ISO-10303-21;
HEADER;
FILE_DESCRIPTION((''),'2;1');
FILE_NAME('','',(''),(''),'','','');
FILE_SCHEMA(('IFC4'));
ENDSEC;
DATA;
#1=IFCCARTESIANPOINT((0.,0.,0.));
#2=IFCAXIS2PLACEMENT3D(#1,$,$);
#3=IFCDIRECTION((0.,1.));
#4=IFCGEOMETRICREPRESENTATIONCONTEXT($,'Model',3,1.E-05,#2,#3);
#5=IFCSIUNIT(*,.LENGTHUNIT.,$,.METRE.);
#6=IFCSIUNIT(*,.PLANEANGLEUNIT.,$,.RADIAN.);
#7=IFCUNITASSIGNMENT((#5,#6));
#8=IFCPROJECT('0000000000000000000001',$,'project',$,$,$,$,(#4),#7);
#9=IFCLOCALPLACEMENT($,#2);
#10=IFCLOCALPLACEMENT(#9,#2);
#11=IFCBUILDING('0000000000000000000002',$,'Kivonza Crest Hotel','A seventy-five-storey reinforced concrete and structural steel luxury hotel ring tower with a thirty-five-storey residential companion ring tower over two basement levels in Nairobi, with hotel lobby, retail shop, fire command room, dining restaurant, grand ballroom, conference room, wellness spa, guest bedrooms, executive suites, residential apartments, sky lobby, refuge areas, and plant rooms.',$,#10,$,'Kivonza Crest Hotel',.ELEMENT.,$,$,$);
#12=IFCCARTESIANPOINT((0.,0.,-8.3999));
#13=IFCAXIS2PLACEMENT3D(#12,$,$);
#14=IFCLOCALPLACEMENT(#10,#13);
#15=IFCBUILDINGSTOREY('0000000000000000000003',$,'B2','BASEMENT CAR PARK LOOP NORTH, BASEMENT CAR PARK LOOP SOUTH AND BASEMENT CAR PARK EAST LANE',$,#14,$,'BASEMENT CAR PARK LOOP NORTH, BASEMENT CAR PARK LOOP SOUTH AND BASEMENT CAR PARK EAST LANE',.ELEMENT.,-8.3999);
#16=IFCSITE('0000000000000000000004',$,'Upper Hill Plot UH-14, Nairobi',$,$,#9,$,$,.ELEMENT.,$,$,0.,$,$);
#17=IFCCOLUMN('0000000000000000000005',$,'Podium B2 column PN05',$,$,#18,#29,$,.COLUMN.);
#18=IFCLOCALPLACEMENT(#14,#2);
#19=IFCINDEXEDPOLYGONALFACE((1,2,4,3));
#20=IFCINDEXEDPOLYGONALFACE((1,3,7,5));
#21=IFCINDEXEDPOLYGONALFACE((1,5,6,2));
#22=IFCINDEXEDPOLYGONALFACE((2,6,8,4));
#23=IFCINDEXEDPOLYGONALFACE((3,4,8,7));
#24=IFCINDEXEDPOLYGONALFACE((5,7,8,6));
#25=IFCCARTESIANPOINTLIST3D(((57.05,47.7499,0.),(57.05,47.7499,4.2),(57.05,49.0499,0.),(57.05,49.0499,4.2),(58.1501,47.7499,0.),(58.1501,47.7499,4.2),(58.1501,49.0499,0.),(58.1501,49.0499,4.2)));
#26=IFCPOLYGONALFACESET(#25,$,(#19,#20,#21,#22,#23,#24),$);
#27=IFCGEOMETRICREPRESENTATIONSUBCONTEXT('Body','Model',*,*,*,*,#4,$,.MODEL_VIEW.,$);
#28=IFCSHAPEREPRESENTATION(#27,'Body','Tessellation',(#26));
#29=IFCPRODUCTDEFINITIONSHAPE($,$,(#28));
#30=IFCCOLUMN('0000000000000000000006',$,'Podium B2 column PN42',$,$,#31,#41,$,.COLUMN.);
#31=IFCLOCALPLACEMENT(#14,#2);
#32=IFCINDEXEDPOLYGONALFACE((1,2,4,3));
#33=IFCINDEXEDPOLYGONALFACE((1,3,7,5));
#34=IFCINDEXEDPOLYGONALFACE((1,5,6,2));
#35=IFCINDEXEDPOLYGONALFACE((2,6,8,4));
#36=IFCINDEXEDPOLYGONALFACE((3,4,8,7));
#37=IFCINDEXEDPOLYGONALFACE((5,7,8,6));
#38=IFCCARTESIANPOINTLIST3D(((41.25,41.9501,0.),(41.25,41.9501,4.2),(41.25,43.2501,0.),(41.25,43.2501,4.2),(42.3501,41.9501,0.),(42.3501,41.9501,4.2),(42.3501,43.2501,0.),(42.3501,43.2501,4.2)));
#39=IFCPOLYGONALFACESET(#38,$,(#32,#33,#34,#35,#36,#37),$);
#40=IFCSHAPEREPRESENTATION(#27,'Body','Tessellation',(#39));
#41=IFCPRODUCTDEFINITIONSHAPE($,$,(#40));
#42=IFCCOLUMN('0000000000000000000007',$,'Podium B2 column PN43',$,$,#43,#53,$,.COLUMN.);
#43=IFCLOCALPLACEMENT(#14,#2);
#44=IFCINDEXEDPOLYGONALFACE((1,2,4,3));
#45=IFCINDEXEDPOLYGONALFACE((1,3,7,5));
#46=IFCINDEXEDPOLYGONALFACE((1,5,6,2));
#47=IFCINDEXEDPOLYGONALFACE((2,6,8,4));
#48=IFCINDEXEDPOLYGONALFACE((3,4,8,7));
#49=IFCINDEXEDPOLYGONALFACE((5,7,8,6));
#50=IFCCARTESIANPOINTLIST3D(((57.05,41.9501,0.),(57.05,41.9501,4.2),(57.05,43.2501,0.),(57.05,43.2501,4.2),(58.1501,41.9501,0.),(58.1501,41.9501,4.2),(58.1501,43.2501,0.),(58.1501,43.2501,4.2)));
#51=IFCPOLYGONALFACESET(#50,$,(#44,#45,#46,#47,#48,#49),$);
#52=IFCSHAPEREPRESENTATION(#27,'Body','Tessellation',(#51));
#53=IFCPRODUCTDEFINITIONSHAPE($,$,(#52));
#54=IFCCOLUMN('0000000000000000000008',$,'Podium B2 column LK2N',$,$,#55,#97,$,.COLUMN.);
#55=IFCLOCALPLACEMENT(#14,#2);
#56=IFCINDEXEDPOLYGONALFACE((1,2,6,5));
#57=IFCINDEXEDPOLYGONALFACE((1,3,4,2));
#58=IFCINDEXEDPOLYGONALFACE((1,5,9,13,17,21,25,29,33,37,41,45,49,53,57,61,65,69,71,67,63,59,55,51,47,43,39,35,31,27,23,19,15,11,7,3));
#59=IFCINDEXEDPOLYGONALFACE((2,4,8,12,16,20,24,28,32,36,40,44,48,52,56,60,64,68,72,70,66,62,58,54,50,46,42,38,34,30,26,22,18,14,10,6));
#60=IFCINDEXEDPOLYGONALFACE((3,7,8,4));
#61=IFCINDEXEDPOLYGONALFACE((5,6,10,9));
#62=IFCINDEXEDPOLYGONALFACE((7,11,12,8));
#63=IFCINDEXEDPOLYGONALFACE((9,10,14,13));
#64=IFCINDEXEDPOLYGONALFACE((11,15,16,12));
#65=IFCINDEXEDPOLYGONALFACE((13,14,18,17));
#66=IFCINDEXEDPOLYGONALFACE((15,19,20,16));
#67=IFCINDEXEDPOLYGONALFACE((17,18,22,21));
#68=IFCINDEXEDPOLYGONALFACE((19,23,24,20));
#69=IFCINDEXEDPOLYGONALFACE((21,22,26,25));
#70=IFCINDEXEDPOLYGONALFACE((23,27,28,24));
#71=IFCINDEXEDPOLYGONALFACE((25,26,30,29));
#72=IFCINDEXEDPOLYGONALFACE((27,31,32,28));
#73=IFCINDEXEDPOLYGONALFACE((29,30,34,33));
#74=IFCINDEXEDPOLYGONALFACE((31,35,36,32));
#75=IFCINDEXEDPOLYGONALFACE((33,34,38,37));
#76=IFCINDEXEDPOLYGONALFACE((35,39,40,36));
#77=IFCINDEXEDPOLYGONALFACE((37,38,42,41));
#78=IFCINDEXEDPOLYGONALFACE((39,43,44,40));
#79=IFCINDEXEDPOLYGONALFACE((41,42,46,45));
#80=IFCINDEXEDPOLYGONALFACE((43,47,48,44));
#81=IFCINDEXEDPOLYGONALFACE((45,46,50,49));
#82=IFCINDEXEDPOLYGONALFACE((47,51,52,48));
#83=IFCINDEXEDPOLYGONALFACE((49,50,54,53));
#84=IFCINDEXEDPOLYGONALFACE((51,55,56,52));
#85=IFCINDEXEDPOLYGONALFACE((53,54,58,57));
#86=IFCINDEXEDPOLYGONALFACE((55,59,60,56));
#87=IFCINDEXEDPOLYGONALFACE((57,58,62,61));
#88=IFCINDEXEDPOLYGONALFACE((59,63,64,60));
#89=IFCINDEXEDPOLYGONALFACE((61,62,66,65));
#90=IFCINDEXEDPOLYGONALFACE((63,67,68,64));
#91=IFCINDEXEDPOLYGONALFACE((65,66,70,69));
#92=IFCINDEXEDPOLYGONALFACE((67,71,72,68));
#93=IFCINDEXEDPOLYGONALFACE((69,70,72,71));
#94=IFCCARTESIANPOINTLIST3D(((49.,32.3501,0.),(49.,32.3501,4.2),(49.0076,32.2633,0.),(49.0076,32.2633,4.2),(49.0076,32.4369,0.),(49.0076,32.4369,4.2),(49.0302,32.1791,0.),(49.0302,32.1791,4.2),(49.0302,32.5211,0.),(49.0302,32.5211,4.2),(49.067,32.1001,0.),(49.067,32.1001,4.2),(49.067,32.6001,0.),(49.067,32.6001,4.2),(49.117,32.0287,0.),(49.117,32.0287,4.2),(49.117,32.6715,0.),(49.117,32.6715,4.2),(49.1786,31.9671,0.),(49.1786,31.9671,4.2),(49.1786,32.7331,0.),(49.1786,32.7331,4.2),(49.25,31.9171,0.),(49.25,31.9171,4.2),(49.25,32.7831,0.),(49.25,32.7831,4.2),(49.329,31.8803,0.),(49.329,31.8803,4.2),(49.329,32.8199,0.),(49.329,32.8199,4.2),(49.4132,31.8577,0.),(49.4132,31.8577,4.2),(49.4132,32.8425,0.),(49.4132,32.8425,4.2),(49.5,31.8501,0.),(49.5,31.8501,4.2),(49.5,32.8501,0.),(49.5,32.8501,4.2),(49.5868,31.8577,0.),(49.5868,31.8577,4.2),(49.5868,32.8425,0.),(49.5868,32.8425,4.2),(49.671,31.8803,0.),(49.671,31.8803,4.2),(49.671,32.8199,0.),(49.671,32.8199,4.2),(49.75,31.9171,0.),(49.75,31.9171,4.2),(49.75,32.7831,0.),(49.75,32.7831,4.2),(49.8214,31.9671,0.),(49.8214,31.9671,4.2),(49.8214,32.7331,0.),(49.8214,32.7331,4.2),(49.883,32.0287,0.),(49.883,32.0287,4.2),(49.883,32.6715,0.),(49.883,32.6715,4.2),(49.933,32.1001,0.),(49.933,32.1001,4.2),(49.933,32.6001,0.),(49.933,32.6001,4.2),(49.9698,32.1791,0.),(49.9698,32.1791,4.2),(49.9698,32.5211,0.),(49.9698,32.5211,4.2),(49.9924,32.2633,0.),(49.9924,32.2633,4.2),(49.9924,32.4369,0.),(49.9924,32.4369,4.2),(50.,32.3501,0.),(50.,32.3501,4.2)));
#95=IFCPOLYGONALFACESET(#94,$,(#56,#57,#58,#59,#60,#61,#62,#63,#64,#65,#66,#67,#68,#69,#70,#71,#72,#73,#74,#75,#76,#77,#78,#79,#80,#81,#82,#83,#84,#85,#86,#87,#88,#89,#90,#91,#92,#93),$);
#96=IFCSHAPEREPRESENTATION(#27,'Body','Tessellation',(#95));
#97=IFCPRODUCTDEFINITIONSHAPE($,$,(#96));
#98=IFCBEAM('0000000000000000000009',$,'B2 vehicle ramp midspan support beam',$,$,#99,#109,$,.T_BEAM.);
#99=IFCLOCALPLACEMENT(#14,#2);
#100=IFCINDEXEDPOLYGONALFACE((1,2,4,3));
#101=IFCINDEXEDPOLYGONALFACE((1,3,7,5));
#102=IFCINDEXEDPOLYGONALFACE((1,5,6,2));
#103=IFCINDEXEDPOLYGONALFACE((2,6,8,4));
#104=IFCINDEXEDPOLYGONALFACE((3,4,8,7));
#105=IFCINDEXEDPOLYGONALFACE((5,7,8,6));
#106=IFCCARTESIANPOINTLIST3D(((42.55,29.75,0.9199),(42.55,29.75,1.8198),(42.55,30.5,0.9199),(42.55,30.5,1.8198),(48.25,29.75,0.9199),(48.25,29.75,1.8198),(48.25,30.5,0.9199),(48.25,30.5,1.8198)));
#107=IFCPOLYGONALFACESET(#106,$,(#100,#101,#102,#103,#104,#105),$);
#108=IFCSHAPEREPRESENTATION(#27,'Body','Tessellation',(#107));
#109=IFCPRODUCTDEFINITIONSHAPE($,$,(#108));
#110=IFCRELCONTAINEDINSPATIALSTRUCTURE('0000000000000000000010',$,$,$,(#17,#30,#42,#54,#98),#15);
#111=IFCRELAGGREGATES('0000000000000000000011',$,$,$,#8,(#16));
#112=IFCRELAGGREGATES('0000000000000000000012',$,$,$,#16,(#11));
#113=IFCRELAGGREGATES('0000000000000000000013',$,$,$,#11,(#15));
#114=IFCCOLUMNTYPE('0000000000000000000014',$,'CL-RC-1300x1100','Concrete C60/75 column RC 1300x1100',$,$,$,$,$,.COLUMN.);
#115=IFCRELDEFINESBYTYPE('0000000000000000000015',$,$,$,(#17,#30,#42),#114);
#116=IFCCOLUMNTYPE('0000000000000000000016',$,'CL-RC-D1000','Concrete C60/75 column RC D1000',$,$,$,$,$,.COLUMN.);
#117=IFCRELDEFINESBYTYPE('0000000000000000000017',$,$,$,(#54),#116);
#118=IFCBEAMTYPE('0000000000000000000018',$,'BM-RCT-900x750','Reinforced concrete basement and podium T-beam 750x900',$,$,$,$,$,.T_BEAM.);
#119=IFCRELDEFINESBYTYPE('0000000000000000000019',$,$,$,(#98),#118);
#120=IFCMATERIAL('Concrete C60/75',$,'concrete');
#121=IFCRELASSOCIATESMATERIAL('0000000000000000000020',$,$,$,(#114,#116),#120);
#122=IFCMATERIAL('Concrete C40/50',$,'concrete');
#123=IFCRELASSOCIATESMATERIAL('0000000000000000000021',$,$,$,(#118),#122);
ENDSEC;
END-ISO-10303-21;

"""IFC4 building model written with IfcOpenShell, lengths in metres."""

from ifc_helpers import new_model, si_unit, direction, frame, origin, origin_2d, place, context, subcontext, project, spatial, rectangle, circle, extrude, material, material_profile, profile_set, type_object, element, save


model = new_model("IFC4")

# Units and contexts
model_context = context("Model", 3, precision=1e-05, world=origin(), true_north=direction((0.0, 1.0)))
body_context = subcontext(model_context, "Body", "Model", "MODEL_VIEW")
ifc_project = project(units=[si_unit("LENGTHUNIT", "METRE"), si_unit("PLANEANGLEUNIT", "RADIAN")], contexts=[model_context])

# Site, building, storey
site_placement = place(None, origin())
site = spatial("IfcSite", under=ifc_project, at=site_placement, Name="Upper Hill Plot UH-14, Nairobi", CompositionType="ELEMENT", RefElevation=0.0)
building_placement = place(site_placement, origin())
building = spatial("IfcBuilding", under=site, at=building_placement, Name="Kivonza Crest Hotel", Description="A seventy-five-storey reinforced concrete and structural steel luxury hotel ring tower with a thirty-five-storey residential companion ring tower over two basement levels in Nairobi, with hotel lobby, retail shop, fire command room, dining restaurant, grand ballroom, conference room, wellness spa, guest bedrooms, executive suites, residential apartments, sky lobby, refuge areas, and plant rooms.", LongName="Kivonza Crest Hotel", CompositionType="ELEMENT")
storey_placement = place(building_placement, frame((0.0, 0.0, -8.3999)))
storey = spatial("IfcBuildingStorey", under=building, at=storey_placement, Name="B2", Description="BASEMENT CAR PARK LOOP NORTH, BASEMENT CAR PARK LOOP SOUTH AND BASEMENT CAR PARK EAST LANE", LongName="BASEMENT CAR PARK LOOP NORTH, BASEMENT CAR PARK LOOP SOUTH AND BASEMENT CAR PARK EAST LANE", CompositionType="ELEMENT", Elevation=-8.3999)

# Shared definitions
ifc_material_1 = material(Name="Concrete C40/50", Category="concrete")

# Columns
ifc_material_2 = material(Name="Concrete C60/75", Category="concrete")
ifc_material_profile_1 = material_profile(ifc_material_2, rectangle(XDim=1.1001, YDim=1.3, at=origin_2d()), Name="RC 1300x1100")
ifc_profile_set_1 = profile_set([ifc_material_profile_1], Name="Concrete C60/75")
column_type_1 = type_object("IfcColumnType", Name="CL-RC-1300x1100", Description="Concrete C60/75 column RC 1300x1100", PredefinedType="COLUMN", material=ifc_profile_set_1)
for number, where, z_axis, x_axis, name in (
    (1, (57.6001, 48.3999, 0.0), (0.0, 0.0, 1.0), (1.0, 0.0, 0.0), "Podium B2 column PN05"),
    (2, (41.8, 42.6001, 0.0), (0.0, 0.0, 1.0), (1.0, 0.0, 0.0), "Podium B2 column PN42"),
    (3, (57.6001, 42.6001, 0.0), (0.0, 0.0, 1.0), (1.0, 0.0, 0.0), "Podium B2 column PN43"),
):
    element("IfcColumn", number, at=place(storey_placement, frame(where, z_axis=z_axis, x_axis=x_axis)), inside=storey, type_object=column_type_1, Name=name, PredefinedType="COLUMN", context=body_context, shape_type="SweptSolid", body=[
        extrude(rectangle(XDim=1.1001, YDim=1.3, at=origin_2d()), origin(), (0.0, 0.0, 1.0), 4.2),
    ])
ifc_material_profile_2 = material_profile(ifc_material_2, circle(Radius=0.5, at=origin_2d()), Name="RC D1000")
ifc_profile_set_2 = profile_set([ifc_material_profile_2], Name="Concrete C60/75")
column_type_2 = type_object("IfcColumnType", Name="CL-RC-D1000", Description="Concrete C60/75 column RC D1000", PredefinedType="COLUMN", material=ifc_profile_set_2)
column_placement = place(storey_placement, frame((49.5, 32.3501, 0.0), z_axis=(0.0, 0.0, 1.0), x_axis=(1.0, 0.0, 0.0)))
element("IfcColumn", 4, at=column_placement, inside=storey, type_object=column_type_2, Name="Podium B2 column LK2N", PredefinedType="COLUMN", context=body_context, shape_type="SweptSolid", body=[
    extrude(circle(Radius=0.5, at=origin_2d()), origin(), (0.0, 0.0, 1.0), 4.2),
])

# Beam
ifc_material_profile_3 = material_profile(ifc_material_1, rectangle(XDim=0.75, YDim=0.8999, at=origin_2d()), Name="RC 900x750")
ifc_profile_set_3 = profile_set([ifc_material_profile_3], Name="Concrete C40/50")
beam_type = type_object("IfcBeamType", Name="BM-RCT-900x750", Description="Reinforced concrete basement and podium T-beam 750x900", PredefinedType="T_BEAM", material=ifc_profile_set_3)
beam_placement = place(storey_placement, frame((42.55, 30.125, 1.3699), z_axis=(1.0, 0.0, 0.0), x_axis=(0.0, 1.0, 0.0)))
element("IfcBeam", 5, at=beam_placement, inside=storey, type_object=beam_type, Name="B2 vehicle ramp midspan support beam", PredefinedType="T_BEAM", context=body_context, shape_type="SweptSolid", body=[
    extrude(rectangle(XDim=0.75, YDim=0.8999, at=origin_2d()), origin(), (0.0, 0.0, 1.0), 5.7),
])

save(model, "model.ifc")
